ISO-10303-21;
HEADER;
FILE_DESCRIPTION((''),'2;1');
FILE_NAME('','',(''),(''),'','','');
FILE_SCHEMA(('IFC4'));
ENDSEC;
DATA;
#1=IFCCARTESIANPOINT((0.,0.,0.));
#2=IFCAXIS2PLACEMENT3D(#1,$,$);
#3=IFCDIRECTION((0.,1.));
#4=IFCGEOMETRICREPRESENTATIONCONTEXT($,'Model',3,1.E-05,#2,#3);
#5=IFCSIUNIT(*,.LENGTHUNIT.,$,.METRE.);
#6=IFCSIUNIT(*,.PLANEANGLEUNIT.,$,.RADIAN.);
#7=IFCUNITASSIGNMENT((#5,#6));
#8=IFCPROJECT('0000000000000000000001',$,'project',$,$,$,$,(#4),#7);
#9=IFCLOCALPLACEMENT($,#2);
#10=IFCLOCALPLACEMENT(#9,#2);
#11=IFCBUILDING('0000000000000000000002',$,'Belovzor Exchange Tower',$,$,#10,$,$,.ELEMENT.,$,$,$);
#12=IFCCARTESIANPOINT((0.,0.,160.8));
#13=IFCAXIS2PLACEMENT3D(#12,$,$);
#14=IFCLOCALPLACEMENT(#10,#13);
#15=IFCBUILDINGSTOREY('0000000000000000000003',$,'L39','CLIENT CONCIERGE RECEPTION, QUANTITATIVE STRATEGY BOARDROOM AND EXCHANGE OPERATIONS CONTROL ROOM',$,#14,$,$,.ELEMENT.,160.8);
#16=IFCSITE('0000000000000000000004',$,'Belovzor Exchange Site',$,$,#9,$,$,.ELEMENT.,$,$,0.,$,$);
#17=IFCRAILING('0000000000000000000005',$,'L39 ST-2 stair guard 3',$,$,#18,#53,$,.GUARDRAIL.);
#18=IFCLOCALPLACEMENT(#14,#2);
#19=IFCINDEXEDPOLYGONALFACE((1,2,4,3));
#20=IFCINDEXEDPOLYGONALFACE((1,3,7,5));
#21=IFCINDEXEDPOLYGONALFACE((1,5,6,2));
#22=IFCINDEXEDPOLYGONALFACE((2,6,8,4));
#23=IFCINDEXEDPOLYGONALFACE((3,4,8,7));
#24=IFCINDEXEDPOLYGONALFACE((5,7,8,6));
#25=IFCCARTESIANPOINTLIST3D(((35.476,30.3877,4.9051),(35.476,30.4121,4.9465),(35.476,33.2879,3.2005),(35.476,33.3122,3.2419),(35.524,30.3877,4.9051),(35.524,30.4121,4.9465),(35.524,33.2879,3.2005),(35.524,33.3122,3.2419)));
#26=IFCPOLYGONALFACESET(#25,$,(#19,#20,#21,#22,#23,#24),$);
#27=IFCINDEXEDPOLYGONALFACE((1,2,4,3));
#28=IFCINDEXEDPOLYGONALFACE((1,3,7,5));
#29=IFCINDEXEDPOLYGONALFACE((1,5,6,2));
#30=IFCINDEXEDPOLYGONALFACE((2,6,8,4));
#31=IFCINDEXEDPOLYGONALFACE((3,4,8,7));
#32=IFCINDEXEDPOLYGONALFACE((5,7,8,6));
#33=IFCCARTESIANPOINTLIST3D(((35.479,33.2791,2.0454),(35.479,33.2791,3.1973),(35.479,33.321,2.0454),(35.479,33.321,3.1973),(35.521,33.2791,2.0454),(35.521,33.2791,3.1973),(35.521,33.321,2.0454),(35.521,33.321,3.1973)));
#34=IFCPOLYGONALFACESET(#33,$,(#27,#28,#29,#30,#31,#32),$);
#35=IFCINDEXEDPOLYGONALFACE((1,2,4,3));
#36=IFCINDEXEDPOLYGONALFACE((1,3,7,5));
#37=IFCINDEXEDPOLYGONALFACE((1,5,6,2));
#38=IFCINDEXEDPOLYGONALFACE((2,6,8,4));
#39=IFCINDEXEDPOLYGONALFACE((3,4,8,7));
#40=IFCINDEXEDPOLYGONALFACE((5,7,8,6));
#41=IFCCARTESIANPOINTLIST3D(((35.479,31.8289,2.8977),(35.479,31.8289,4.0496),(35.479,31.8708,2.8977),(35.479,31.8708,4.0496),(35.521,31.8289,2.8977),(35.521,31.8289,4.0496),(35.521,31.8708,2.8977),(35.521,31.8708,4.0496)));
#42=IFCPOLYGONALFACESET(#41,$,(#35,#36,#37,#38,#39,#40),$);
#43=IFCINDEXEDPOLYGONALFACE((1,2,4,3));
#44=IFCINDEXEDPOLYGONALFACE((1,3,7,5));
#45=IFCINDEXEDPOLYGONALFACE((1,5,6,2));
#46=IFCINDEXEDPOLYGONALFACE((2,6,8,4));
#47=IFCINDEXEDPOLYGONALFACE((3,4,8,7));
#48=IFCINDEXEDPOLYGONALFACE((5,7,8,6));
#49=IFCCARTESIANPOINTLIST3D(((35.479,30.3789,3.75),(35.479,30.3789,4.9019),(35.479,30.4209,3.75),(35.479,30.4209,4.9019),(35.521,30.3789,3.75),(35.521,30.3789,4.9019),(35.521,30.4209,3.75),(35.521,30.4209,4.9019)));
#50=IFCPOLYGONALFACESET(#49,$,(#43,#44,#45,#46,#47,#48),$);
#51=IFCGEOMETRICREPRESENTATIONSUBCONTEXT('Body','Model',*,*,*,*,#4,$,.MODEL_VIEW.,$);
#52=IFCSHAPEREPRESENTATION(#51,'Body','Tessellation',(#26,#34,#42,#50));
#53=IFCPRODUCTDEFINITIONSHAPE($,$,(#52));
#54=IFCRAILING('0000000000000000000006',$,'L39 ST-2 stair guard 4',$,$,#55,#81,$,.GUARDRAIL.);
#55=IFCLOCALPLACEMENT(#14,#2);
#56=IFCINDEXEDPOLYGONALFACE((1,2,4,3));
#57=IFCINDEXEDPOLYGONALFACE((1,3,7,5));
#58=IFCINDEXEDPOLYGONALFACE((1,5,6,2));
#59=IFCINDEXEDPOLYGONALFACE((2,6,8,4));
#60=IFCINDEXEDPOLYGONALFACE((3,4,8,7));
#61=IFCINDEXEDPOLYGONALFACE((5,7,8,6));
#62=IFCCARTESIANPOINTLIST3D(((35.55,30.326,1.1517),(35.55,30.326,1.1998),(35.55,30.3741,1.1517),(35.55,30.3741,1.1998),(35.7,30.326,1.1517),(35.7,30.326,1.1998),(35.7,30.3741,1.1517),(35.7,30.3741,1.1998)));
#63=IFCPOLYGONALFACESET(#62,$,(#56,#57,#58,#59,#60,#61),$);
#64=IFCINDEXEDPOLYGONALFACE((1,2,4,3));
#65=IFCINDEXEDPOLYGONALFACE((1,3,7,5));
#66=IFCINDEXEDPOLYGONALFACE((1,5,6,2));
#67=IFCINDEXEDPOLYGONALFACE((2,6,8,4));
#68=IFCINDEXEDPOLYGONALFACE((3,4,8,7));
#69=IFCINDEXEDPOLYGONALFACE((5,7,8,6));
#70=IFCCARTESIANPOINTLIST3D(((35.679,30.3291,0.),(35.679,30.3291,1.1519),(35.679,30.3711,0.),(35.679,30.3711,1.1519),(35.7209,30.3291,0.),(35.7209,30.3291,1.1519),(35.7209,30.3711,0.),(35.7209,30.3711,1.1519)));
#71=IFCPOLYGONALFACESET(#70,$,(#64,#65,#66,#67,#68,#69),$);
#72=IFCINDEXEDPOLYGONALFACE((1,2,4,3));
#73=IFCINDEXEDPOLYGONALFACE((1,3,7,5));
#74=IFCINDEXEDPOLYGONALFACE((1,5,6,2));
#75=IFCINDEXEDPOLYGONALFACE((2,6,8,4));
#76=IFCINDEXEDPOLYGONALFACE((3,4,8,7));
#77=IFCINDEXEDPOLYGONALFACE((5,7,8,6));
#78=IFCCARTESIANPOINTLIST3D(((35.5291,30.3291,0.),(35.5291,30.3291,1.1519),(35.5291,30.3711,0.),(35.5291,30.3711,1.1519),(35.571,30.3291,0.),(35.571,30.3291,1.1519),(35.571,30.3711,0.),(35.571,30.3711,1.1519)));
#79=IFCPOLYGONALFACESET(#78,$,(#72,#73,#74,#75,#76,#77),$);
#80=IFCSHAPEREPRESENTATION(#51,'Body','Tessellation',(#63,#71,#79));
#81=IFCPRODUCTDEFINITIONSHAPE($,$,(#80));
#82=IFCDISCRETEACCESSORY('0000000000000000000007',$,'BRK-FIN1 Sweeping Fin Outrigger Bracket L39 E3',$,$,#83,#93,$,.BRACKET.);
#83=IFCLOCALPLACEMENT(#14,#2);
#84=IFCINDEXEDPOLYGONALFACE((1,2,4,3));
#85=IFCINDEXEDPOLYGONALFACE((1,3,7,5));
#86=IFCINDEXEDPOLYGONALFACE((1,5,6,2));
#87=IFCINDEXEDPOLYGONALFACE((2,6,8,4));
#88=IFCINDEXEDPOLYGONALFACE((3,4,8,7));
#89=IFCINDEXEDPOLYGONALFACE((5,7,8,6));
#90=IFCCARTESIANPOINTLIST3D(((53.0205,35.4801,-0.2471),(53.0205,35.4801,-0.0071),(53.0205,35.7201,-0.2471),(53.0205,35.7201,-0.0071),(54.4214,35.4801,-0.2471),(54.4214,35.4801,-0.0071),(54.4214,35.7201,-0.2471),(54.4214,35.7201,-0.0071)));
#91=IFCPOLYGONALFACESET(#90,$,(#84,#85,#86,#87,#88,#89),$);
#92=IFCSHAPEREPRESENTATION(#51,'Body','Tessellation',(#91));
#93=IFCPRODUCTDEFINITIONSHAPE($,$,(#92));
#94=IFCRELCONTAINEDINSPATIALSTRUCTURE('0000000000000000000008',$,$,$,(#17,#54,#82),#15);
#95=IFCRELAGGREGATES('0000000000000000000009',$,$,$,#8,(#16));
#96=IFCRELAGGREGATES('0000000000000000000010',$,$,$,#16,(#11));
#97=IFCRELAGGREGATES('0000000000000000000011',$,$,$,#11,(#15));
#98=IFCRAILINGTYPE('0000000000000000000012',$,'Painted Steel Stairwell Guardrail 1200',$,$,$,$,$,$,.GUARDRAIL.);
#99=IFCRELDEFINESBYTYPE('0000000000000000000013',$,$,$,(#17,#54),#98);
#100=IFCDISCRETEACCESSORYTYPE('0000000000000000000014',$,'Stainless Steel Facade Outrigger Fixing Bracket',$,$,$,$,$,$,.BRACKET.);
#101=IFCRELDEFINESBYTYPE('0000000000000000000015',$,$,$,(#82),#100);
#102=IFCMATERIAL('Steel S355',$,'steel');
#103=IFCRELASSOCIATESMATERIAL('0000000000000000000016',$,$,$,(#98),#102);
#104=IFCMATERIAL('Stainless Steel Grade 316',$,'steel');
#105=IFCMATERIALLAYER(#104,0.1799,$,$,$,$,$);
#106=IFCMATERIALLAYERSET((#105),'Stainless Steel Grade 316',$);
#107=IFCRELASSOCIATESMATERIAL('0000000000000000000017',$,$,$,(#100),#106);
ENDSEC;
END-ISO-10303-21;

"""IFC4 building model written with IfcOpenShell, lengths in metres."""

from ifc_helpers import new_model, si_unit, direction, frame, origin, origin_2d, place, context, subcontext, project, spatial, rectangle, extrude, material, layer, layer_set, type_object, element, save


model = new_model("IFC4")

# Units and contexts
model_context = context("Model", 3, precision=1e-05, world=origin(), true_north=direction((0.0, 1.0)))
body_context = subcontext(model_context, "Body", "Model", "MODEL_VIEW")
ifc_project = project(units=[si_unit("LENGTHUNIT", "METRE"), si_unit("PLANEANGLEUNIT", "RADIAN")], contexts=[model_context])

# Site, building, storey
site_placement = place(None, origin())
site = spatial("IfcSite", under=ifc_project, at=site_placement, Name="Belovzor Exchange Site", CompositionType="ELEMENT", RefElevation=0.0)
building_placement = place(site_placement, origin())
building = spatial("IfcBuilding", under=site, at=building_placement, Name="Belovzor Exchange Tower", CompositionType="ELEMENT")
storey_placement = place(building_placement, frame((0.0, 0.0, 160.8)))
storey = spatial("IfcBuildingStorey", under=building, at=storey_placement, Name="L39", Description="CLIENT CONCIERGE RECEPTION, QUANTITATIVE STRATEGY BOARDROOM AND EXCHANGE OPERATIONS CONTROL ROOM", CompositionType="ELEMENT", Elevation=160.8)

# Railings
ifc_material_1 = material(Name="Steel S355", Category="steel")
railing_type_1 = type_object("IfcRailingType", Name="Painted Steel Stairwell Guardrail 1200", PredefinedType="GUARDRAIL", material=ifc_material_1)
railing_1_placement = place(storey_placement, frame((35.5, 33.3, 2.0454)))
element("IfcRailing", 1, at=railing_1_placement, inside=storey, type_object=railing_type_1, Name="L39 ST-2 stair guard 3", PredefinedType="GUARDRAIL", context=body_context, shape_type="SweptSolid", body=[
    extrude(rectangle(XDim=0.0481, YDim=0.0481, at=origin_2d()), frame((0.0, 0.0, 1.1758), z_axis=(0.0, -0.862113, 0.506716), x_axis=(1.0, 0.0, 0.0)), (0.0, 0.0, 1.0), 3.364),
    extrude(rectangle(XDim=0.042, YDim=0.042, at=origin_2d()), origin(), (0.0, 0.0, 1.0), 1.1519),
    extrude(rectangle(XDim=0.042, YDim=0.042, at=origin_2d()), frame((0.0, -1.4502, 0.8523)), (0.0, 0.0, 1.0), 1.1519),
    extrude(rectangle(XDim=0.042, YDim=0.042, at=origin_2d()), frame((0.0, -2.9001, 1.7046)), (0.0, 0.0, 1.0), 1.1519),
])
railing_2_placement = place(storey_placement, frame((35.7, 30.3501, 0.0)))
element("IfcRailing", 2, at=railing_2_placement, inside=storey, type_object=railing_type_1, Name="L39 ST-2 stair guard 4", PredefinedType="GUARDRAIL", context=body_context, shape_type="SweptSolid", body=[
    extrude(rectangle(XDim=0.0481, YDim=0.0481, at=origin_2d()), frame((0.0, 0.0, 1.1758), z_axis=(-1.0, 0.0, 0.0), x_axis=(0.0, -1.0, 0.0)), (0.0, 0.0, 1.0), 0.1499),
    extrude(rectangle(XDim=0.042, YDim=0.042, at=origin_2d()), origin(), (0.0, 0.0, 1.0), 1.1519),
    extrude(rectangle(XDim=0.042, YDim=0.042, at=origin_2d()), frame((-0.1499, 0.0, 0.0)), (0.0, 0.0, 1.0), 1.1519),
])

# Discrete accessory
ifc_material_2 = material(Name="Stainless Steel Grade 316", Category="steel")
ifc_layer_1 = layer(ifc_material_2, 0.1799)
ifc_layer_set_1 = layer_set([ifc_layer_1], Name="Stainless Steel Grade 316")
discrete_accessory_type = type_object("IfcDiscreteAccessoryType", Name="Stainless Steel Facade Outrigger Fixing Bracket", PredefinedType="BRACKET", material=ifc_layer_set_1)
discrete_accessory_placement = place(storey_placement, frame((53.7209, 35.6001, -0.2471), z_axis=(0.0, 0.0, 1.0), x_axis=(1.0, 0.0, 0.0)))
element("IfcDiscreteAccessory", 3, at=discrete_accessory_placement, inside=storey, type_object=discrete_accessory_type, Name="BRK-FIN1 Sweeping Fin Outrigger Bracket L39 E3", PredefinedType="BRACKET", context=body_context, shape_type="SweptSolid", body=[
    extrude(rectangle(XDim=1.4009, YDim=0.24, at=origin_2d()), origin(), (0.0, 0.0, 1.0), 0.24),
])

save(model, "model.ifc")
